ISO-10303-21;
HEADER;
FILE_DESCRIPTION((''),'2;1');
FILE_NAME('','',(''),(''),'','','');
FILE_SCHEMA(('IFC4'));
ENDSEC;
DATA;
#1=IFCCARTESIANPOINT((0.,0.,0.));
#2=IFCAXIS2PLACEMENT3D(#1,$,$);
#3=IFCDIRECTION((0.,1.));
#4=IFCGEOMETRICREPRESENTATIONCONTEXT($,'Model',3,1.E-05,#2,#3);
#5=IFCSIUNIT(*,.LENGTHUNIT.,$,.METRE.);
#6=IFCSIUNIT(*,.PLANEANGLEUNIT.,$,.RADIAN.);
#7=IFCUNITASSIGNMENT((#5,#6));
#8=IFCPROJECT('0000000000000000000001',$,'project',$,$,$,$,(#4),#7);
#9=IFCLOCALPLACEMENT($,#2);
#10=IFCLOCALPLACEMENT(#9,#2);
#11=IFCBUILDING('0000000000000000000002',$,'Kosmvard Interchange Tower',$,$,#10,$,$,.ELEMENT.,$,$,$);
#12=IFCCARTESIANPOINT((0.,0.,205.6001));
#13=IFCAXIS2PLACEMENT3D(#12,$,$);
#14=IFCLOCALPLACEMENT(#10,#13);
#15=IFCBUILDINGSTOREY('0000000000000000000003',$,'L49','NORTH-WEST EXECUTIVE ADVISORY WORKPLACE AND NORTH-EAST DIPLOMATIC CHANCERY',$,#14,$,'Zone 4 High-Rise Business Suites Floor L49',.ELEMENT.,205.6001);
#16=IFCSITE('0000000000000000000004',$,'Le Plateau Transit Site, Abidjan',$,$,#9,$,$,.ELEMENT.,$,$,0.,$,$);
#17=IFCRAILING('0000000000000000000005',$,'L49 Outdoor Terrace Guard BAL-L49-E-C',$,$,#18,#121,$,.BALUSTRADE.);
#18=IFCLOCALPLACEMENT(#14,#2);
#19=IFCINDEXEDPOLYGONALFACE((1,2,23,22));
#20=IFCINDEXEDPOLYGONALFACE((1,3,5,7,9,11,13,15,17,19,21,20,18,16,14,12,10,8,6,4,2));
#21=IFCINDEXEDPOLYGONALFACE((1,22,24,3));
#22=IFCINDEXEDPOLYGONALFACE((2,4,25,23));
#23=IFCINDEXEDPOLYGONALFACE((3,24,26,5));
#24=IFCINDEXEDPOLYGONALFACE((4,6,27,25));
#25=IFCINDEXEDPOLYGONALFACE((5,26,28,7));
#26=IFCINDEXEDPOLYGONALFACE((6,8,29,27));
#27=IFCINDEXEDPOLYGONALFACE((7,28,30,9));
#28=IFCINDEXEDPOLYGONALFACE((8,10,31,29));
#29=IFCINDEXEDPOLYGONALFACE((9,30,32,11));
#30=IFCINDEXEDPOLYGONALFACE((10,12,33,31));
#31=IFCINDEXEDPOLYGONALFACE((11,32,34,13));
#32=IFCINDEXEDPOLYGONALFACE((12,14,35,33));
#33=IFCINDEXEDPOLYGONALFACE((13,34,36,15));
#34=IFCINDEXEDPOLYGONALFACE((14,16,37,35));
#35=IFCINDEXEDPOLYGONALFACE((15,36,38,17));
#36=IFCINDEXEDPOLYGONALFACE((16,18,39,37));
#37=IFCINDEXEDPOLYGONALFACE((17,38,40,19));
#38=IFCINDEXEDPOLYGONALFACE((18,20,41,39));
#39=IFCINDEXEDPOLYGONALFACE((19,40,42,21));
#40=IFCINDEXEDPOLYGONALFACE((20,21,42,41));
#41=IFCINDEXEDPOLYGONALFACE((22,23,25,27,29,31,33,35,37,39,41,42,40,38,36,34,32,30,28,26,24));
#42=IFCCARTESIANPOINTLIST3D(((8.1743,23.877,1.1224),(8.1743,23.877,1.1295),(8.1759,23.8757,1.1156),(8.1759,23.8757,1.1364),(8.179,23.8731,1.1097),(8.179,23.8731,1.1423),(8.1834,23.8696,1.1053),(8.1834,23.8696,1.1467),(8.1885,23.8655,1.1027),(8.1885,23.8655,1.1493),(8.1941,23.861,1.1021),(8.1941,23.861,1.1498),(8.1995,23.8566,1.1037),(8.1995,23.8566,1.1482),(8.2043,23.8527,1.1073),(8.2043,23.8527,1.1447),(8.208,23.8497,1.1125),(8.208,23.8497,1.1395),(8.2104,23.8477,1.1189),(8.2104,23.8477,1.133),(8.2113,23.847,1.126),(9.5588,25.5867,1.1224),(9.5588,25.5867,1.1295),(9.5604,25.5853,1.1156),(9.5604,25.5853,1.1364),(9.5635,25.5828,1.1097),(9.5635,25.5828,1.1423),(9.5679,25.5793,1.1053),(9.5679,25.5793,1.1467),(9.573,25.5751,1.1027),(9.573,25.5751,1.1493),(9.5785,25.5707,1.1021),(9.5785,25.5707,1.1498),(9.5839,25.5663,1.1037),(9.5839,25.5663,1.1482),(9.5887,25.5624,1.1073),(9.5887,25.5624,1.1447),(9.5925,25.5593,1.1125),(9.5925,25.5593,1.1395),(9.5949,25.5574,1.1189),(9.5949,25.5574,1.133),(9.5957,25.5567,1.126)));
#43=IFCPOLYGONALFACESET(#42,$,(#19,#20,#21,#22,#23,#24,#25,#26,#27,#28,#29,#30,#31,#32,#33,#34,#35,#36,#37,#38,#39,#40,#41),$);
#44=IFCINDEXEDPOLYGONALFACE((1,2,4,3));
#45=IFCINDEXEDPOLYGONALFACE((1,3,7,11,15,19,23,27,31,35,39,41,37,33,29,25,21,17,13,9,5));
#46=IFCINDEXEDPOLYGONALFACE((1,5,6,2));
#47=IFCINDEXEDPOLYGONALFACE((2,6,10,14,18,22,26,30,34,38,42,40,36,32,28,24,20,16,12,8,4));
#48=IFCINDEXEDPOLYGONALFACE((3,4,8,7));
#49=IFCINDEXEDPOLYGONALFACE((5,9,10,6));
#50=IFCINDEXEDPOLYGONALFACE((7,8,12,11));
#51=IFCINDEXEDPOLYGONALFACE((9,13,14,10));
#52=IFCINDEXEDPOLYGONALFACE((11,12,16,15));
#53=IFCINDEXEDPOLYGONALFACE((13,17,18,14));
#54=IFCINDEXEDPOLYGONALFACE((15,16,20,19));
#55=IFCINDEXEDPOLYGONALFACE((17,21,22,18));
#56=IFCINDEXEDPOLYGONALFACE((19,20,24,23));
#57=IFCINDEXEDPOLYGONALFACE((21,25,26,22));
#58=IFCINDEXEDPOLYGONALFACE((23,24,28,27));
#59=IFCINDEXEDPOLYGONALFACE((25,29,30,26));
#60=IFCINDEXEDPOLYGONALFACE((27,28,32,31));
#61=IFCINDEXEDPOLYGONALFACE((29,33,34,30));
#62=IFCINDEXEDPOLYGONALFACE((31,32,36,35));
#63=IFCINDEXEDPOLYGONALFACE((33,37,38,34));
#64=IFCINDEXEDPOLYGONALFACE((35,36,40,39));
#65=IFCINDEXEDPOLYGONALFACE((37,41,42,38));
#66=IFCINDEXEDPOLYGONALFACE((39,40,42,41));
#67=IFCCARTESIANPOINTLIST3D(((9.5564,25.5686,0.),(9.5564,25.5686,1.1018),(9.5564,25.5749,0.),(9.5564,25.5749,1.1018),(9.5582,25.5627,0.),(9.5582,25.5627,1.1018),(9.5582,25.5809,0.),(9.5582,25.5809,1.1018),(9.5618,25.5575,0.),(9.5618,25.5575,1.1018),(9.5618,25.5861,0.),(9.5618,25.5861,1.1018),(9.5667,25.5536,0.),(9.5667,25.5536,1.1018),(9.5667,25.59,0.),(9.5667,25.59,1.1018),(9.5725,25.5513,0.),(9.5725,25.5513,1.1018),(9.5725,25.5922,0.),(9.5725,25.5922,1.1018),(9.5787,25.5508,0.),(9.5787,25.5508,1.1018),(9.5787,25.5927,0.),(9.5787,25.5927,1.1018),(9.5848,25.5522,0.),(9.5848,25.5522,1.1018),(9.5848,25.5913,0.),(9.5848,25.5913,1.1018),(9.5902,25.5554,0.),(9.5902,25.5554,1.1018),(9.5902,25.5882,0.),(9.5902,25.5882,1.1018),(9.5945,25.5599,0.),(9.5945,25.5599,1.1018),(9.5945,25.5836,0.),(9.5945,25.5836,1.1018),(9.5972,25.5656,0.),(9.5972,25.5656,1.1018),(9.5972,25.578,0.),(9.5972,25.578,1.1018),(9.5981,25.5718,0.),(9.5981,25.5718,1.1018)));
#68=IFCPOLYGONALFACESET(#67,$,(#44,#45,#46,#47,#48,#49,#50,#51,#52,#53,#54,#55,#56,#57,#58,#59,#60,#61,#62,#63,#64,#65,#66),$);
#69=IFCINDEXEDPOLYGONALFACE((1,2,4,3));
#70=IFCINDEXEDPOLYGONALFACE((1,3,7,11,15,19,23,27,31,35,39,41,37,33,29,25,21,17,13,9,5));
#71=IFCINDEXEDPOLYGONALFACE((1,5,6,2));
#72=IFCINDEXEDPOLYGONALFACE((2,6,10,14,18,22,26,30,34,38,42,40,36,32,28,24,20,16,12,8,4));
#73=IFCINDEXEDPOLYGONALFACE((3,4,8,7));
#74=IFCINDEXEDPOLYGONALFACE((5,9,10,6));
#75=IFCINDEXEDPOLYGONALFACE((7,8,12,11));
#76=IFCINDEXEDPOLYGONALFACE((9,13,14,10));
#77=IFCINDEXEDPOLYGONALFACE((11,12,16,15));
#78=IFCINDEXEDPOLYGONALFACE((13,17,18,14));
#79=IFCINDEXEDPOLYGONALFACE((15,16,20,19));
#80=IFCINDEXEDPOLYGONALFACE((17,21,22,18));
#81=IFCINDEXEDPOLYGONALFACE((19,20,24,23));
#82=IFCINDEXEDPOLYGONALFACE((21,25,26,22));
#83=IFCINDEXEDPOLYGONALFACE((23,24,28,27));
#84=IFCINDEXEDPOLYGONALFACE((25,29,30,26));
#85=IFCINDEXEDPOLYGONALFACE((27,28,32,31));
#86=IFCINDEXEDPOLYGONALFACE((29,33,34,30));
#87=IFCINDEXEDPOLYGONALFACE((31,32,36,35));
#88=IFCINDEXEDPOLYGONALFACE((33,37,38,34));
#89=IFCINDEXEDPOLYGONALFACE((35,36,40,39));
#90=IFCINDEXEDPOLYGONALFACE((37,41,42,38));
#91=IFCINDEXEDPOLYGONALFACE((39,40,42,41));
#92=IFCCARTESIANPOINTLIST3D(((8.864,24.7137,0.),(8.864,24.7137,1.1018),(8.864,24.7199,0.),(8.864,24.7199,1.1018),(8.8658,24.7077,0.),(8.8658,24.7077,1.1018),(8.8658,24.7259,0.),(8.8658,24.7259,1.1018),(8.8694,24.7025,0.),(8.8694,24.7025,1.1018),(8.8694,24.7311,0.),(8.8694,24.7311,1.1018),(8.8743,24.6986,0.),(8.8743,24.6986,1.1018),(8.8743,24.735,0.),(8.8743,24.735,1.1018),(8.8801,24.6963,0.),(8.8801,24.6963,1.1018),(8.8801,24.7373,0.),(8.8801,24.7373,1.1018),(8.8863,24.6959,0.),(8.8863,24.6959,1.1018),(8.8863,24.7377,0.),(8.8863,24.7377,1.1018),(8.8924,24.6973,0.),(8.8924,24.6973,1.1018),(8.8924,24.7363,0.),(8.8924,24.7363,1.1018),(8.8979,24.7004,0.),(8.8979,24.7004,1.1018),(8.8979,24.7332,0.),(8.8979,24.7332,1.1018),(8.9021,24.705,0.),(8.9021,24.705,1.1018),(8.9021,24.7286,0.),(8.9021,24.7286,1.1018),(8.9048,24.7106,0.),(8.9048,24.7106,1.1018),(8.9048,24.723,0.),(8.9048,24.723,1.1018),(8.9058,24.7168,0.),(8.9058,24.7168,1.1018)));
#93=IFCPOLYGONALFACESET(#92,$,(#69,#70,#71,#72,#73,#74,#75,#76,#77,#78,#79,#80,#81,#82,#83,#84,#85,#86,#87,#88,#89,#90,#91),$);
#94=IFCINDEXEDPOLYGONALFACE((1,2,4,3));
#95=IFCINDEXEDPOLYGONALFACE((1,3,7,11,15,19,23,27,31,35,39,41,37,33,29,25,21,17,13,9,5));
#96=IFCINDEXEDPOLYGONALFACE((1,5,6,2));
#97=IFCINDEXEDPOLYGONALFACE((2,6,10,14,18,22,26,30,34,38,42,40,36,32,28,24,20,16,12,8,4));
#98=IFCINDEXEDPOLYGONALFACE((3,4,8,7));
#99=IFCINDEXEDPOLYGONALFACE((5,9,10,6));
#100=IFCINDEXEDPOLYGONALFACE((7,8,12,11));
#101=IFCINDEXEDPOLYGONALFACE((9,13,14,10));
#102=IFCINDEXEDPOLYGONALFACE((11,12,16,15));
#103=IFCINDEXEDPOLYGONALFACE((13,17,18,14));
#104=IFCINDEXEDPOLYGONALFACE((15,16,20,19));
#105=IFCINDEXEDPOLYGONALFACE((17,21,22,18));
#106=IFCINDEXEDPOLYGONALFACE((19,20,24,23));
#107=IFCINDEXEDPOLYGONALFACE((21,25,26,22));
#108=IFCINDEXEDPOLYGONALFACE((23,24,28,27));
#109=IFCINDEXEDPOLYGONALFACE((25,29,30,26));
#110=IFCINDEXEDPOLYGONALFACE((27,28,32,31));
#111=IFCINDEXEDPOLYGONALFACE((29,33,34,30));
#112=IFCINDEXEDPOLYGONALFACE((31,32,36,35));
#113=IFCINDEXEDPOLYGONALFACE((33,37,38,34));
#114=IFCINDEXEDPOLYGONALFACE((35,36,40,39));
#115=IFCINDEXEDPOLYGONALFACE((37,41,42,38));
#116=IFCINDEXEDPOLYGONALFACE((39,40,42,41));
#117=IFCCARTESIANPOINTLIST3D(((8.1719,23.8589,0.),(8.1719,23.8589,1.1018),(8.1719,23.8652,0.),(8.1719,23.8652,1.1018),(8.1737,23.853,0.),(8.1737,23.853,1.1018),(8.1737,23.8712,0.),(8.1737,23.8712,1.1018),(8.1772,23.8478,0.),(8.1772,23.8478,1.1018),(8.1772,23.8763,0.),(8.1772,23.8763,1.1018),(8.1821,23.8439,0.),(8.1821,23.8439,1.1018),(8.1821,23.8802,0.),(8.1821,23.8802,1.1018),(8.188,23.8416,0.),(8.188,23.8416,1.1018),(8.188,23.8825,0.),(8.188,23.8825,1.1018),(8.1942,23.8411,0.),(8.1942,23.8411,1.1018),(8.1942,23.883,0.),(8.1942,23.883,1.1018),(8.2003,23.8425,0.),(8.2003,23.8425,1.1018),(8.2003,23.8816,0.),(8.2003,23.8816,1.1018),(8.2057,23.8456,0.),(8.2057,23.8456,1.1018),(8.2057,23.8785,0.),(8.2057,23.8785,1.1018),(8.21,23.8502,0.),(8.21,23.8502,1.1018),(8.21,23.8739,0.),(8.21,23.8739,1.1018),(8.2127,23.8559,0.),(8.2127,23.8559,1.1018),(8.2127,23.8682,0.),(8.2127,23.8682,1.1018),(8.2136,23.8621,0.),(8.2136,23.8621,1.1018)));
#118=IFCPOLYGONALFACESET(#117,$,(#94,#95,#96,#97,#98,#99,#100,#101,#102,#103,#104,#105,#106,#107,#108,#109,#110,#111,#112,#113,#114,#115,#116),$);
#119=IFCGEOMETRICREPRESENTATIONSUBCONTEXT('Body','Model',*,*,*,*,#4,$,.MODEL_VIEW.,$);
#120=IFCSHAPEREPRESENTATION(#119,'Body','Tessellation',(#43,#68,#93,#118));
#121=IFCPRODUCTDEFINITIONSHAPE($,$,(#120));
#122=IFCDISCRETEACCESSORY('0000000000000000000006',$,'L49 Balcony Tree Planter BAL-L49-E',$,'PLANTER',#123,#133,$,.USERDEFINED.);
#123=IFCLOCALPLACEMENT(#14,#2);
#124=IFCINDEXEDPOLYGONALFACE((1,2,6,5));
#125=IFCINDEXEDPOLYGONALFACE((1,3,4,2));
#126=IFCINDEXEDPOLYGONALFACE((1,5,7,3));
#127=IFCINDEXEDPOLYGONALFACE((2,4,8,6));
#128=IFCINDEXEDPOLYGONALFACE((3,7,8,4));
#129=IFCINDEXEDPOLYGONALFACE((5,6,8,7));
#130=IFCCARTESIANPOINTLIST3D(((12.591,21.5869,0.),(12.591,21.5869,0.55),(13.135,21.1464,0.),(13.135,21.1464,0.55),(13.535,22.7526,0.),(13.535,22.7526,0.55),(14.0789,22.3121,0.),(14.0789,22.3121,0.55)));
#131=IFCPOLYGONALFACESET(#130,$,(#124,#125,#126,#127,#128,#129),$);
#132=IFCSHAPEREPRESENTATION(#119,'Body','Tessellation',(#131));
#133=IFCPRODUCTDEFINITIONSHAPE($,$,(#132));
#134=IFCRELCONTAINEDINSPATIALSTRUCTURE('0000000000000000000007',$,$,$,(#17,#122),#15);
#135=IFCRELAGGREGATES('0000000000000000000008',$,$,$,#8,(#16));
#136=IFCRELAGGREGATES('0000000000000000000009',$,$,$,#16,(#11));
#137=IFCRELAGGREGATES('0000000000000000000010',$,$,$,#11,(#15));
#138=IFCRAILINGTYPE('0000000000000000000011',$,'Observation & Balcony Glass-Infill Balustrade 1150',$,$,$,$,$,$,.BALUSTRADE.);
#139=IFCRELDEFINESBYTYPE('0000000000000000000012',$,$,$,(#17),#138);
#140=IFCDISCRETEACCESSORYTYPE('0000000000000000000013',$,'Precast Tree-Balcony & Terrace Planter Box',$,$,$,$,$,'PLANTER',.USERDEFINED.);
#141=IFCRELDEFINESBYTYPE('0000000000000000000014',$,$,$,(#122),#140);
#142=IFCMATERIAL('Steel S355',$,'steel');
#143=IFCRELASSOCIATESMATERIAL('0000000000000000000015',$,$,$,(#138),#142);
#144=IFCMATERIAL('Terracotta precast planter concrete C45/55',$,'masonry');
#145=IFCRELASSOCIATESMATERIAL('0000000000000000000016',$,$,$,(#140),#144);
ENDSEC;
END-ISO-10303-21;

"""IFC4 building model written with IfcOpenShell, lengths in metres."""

from ifc_helpers import new_model, si_unit, direction, frame, origin, origin_2d, place, context, subcontext, project, spatial, rectangle, circle, extrude, source, transform, mapped, material, type_object, element, save


model = new_model("IFC4")

# Units and contexts
model_context = context("Model", 3, precision=1e-05, world=origin(), true_north=direction((0.0, 1.0)))
body_context = subcontext(model_context, "Body", "Model", "MODEL_VIEW")
ifc_project = project(units=[si_unit("LENGTHUNIT", "METRE"), si_unit("PLANEANGLEUNIT", "RADIAN")], contexts=[model_context])

# Site, building, storey
site_placement = place(None, origin())
site = spatial("IfcSite", under=ifc_project, at=site_placement, Name="Le Plateau Transit Site, Abidjan", CompositionType="ELEMENT", RefElevation=0.0)
building_placement = place(site_placement, origin())
building = spatial("IfcBuilding", under=site, at=building_placement, Name="Kosmvard Interchange Tower", CompositionType="ELEMENT")
storey_placement = place(building_placement, frame((0.0, 0.0, 205.6001)))
storey = spatial("IfcBuildingStorey", under=building, at=storey_placement, Name="L49", Description="NORTH-WEST EXECUTIVE ADVISORY WORKPLACE AND NORTH-EAST DIPLOMATIC CHANCERY", LongName="Zone 4 High-Rise Business Suites Floor L49", CompositionType="ELEMENT", Elevation=205.6001)

# Shared definitions
ifc_material_1 = material(Name="Steel S355", Category="steel")

# Railing
railing_type = type_object("IfcRailingType", Name="Observation & Balcony Glass-Infill Balustrade 1150", PredefinedType="BALUSTRADE", material=ifc_material_1)
shared_shape_1 = source(origin(), body_context, "Body", "SweptSolid", [
    extrude(circle(Radius=0.0239, at=origin_2d()), frame((0.0, 0.0, 1.126), z_axis=(-0.629326, -0.777141, 0.0), x_axis=(0.777141, -0.629326, 0.0)), (0.0, 0.0, 1.0), 2.2),
    extrude(circle(Radius=0.021, at=origin_2d()), origin(), (0.0, 0.0, 1.0), 1.1018),
    extrude(circle(Radius=0.021, at=origin_2d()), frame((-0.6924, -0.855, 0.0)), (0.0, 0.0, 1.0), 1.1018),
    extrude(circle(Radius=0.021, at=origin_2d()), frame((-1.3845, -1.7097, 0.0)), (0.0, 0.0, 1.0), 1.1018),
])
railing_1_placement = place(storey_placement, frame((9.5771, 25.5718, 0.0)))
element("IfcRailing", 1, at=railing_1_placement, inside=storey, type_object=railing_type, Name="L49 Outdoor Terrace Guard BAL-L49-E-C", PredefinedType="BALUSTRADE", context=body_context, shape_type="MappedRepresentation", body=[
    mapped(shared_shape_1, transform((0.0, 0.0, 0.0), scale=1.0)),
])

# Discrete accessory
ifc_material_2 = material(Name="Terracotta precast planter concrete C45/55", Category="masonry")
discrete_accessory_type = type_object("IfcDiscreteAccessoryType", Name="Precast Tree-Balcony & Terrace Planter Box", ElementType="PLANTER", PredefinedType="USERDEFINED", material=ifc_material_2)
shared_shape_2 = source(origin(), body_context, "Body", "SweptSolid", [
    extrude(rectangle(XDim=1.5, YDim=0.7, at=origin_2d()), origin(), (0.0, 0.0, 1.0), 0.55),
])
discrete_accessory_placement = place(storey_placement, frame((13.335, 21.9495, 0.0), z_axis=(0.0, 0.0, 1.0), x_axis=(0.62932, 0.777146, 0.0)))
element("IfcDiscreteAccessory", 2, at=discrete_accessory_placement, inside=storey, type_object=discrete_accessory_type, Name="L49 Balcony Tree Planter BAL-L49-E", ObjectType="PLANTER", PredefinedType="USERDEFINED", context=body_context, shape_type="MappedRepresentation", body=[
    mapped(shared_shape_2, transform((0.0, 0.0, 0.0), scale=1.0)),
])

save(model, "model.ifc")
